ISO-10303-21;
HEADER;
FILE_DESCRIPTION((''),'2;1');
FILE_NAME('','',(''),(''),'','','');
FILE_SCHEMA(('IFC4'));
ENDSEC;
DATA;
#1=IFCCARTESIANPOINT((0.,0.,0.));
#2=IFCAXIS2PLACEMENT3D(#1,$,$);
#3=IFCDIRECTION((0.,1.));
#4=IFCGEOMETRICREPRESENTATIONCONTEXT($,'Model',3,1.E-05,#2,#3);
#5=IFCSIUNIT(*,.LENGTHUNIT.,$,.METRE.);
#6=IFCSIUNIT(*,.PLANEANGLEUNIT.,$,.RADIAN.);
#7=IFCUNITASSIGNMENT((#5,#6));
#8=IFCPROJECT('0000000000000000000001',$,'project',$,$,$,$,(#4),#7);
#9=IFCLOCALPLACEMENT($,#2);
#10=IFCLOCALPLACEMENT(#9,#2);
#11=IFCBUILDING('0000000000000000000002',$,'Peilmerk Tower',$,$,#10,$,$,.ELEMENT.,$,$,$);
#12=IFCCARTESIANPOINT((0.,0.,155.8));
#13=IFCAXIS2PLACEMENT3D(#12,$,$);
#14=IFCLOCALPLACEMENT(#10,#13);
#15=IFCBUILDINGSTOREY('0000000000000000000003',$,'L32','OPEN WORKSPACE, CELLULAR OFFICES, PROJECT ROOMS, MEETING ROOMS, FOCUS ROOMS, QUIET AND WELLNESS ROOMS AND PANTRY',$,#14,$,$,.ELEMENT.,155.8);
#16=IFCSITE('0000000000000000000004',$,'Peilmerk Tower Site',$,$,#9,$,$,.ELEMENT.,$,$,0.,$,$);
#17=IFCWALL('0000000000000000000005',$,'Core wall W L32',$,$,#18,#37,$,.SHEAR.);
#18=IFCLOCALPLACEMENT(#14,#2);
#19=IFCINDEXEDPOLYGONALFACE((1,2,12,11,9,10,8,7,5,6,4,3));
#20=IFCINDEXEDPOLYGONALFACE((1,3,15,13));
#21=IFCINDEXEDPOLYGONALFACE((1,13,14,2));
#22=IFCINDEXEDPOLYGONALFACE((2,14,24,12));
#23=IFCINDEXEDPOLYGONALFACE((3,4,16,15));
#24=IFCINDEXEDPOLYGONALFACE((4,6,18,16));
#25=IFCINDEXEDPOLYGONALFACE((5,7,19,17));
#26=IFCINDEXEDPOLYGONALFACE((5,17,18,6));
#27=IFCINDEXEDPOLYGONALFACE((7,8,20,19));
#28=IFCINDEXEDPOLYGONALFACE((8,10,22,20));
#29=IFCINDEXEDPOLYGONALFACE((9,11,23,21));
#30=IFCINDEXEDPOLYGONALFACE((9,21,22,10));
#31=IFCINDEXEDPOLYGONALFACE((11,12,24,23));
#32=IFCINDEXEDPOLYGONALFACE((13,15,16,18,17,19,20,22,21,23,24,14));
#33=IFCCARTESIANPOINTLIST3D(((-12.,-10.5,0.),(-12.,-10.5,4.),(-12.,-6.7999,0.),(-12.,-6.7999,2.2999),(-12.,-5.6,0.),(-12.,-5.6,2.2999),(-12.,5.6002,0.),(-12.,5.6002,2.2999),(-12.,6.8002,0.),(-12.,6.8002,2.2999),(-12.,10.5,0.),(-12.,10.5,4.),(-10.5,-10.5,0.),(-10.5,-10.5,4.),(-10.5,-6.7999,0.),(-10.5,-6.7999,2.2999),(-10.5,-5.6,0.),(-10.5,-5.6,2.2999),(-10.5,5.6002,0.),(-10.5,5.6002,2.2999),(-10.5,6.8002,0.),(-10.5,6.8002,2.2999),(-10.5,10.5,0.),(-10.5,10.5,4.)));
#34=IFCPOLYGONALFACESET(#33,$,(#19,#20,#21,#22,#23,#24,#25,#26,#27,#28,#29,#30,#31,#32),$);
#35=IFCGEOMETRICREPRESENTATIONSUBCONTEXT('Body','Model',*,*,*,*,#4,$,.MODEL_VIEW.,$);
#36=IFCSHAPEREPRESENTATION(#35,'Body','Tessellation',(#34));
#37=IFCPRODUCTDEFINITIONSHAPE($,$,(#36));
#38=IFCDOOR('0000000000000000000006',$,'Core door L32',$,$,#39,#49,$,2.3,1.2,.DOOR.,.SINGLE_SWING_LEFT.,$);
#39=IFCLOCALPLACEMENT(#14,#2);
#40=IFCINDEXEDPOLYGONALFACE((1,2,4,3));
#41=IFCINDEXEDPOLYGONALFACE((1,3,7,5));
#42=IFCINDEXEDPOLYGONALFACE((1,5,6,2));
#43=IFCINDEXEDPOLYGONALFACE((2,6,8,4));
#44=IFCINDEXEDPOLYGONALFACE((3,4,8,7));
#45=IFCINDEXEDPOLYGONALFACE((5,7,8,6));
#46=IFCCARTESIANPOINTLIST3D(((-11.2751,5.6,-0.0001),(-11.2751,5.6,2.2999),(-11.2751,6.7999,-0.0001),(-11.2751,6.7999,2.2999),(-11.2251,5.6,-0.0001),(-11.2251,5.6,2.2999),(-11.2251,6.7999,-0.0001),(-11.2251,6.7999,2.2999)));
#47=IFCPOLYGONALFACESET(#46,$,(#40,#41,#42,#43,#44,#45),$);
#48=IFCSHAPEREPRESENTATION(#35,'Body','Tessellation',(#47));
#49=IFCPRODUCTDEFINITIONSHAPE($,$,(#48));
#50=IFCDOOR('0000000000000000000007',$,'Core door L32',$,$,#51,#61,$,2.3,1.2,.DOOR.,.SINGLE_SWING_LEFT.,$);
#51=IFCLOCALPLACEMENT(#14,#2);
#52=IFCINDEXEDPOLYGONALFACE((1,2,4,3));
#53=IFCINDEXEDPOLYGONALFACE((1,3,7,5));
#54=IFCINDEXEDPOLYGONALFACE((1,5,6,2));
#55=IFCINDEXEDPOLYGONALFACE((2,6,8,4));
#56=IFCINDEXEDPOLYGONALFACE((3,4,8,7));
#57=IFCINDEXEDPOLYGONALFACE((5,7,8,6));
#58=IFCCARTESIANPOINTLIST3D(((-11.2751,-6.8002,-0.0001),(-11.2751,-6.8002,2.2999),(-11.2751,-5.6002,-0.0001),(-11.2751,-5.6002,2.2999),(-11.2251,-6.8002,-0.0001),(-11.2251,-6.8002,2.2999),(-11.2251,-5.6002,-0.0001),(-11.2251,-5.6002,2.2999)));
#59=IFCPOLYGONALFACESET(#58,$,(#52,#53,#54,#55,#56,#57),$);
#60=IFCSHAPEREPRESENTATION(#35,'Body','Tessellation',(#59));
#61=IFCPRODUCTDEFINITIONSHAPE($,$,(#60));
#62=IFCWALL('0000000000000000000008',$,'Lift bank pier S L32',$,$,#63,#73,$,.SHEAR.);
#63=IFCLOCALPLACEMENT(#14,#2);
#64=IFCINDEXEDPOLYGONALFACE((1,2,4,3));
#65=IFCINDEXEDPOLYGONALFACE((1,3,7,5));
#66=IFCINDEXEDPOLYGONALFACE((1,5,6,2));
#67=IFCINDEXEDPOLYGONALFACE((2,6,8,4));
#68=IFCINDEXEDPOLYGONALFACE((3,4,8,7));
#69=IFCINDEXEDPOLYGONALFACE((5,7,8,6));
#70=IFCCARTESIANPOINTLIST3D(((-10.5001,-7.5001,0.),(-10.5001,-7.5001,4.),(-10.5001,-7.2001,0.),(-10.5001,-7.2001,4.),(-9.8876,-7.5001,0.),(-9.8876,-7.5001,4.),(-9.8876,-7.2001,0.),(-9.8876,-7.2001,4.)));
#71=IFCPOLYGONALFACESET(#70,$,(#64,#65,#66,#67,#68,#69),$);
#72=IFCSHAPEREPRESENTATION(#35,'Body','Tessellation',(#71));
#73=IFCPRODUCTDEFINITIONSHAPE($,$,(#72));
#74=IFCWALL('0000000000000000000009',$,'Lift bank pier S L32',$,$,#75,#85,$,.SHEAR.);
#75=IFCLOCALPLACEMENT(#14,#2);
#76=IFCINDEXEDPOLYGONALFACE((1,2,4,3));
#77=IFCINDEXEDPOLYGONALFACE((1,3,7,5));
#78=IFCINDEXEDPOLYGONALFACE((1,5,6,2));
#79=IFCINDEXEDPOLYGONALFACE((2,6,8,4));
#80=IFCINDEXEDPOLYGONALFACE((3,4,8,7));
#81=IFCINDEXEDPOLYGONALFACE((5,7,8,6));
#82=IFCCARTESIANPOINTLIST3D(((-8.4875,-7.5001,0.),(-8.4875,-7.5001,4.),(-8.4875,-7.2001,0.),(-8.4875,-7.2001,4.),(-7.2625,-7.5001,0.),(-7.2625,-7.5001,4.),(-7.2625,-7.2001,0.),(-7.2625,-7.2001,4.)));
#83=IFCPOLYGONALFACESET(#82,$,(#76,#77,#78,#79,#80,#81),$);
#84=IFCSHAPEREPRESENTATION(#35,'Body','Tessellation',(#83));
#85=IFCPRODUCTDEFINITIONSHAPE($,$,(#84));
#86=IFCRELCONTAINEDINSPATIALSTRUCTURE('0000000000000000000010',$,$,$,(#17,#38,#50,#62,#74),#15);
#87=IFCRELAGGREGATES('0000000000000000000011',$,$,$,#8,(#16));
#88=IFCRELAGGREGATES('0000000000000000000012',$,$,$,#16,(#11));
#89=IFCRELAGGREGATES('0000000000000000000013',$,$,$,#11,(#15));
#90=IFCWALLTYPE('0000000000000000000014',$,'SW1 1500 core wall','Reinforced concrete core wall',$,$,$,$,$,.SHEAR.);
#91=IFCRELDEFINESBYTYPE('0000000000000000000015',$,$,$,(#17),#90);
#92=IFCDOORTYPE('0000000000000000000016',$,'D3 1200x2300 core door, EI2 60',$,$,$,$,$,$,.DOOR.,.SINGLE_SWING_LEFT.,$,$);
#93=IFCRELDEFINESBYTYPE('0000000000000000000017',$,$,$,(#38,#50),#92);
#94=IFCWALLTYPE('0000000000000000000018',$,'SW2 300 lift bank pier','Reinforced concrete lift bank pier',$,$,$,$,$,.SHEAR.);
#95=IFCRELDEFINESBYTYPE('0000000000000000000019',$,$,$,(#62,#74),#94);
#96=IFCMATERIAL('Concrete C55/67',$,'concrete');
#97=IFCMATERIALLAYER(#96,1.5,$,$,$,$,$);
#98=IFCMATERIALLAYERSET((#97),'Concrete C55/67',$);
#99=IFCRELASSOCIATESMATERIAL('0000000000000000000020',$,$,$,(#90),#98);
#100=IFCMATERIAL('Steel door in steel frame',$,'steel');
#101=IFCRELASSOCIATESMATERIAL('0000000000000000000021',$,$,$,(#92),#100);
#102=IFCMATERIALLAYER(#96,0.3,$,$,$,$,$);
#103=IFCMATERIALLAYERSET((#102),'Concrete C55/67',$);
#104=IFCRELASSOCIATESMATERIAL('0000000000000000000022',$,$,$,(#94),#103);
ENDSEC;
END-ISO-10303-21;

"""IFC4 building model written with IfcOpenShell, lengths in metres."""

from ifc_helpers import new_model, si_unit, direction, frame, frame_2d, origin, place, context, subcontext, project, spatial, rectangle, extrude, material, layer, layer_set, type_object, element, fill, save


model = new_model("IFC4")

# Units and contexts
model_context = context("Model", 3, precision=1e-05, world=origin(), true_north=direction((0.0, 1.0)))
body_context = subcontext(model_context, "Body", "Model", "MODEL_VIEW")
ifc_project = project(units=[si_unit("LENGTHUNIT", "METRE"), si_unit("PLANEANGLEUNIT", "RADIAN")], contexts=[model_context])

# Site, building, storey
site_placement = place(None, origin())
site = spatial("IfcSite", under=ifc_project, at=site_placement, Name="Peilmerk Tower Site", CompositionType="ELEMENT", RefElevation=0.0)
building_placement = place(site_placement, origin())
building = spatial("IfcBuilding", under=site, at=building_placement, Name="Peilmerk Tower", CompositionType="ELEMENT")
storey_placement = place(building_placement, frame((0.0, 0.0, 155.8)))
storey = spatial("IfcBuildingStorey", under=building, at=storey_placement, Name="L32", Description="OPEN WORKSPACE, CELLULAR OFFICES, PROJECT ROOMS, MEETING ROOMS, FOCUS ROOMS, QUIET AND WELLNESS ROOMS AND PANTRY", CompositionType="ELEMENT", Elevation=155.8)

# Wall, openings, doors
ifc_material_1 = material(Name="Concrete C55/67", Category="concrete")
ifc_layer_1 = layer(ifc_material_1, 1.5)
ifc_layer_set_1 = layer_set([ifc_layer_1], Name="Concrete C55/67")
wall_type_1 = type_object("IfcWallType", Name="SW1 1500 core wall", Description="Reinforced concrete core wall", PredefinedType="SHEAR", material=ifc_layer_set_1)
wall_1_placement = place(storey_placement, frame((-11.25, -10.5, 0.0), z_axis=(0.0, 0.0, 1.0), x_axis=(0.0, 1.0, 0.0)))
wall_1 = element("IfcWall", 1, at=wall_1_placement, inside=storey, type_object=wall_type_1, Name="Core wall W L32", PredefinedType="SHEAR", context=body_context, shape_type="SweptSolid", body=[
    extrude(rectangle(XDim=21.0, YDim=1.5, at=frame_2d((10.5, 0.0))), origin(), (0.0, 0.0, 1.0), 4.0),
])
opening_1_placement = place(wall_1_placement, frame((16.1001, 0.0, 0.0)))
opening_1 = element("IfcOpeningElement", 2, at=opening_1_placement, cuts=wall_1, PredefinedType="OPENING", context=body_context, shape_type="SweptSolid", body=[
    extrude(rectangle(XDim=1.2, YDim=2.3, at=frame_2d((0.6001, 1.1499))), frame((0.0, 0.76, 0.0), z_axis=(0.0, -1.0, 0.0), x_axis=(1.0, 0.0, 0.0)), (0.0, 0.0, 1.0), 1.52),
])
opening_2_placement = place(wall_1_placement, frame((3.7, 0.0, 0.0)))
opening_2 = element("IfcOpeningElement", 3, at=opening_2_placement, cuts=wall_1, PredefinedType="OPENING", context=body_context, shape_type="SweptSolid", body=[
    extrude(rectangle(XDim=1.2, YDim=2.3, at=frame_2d((0.6001, 1.1499))), frame((0.0, 0.76, 0.0), z_axis=(0.0, -1.0, 0.0), x_axis=(1.0, 0.0, 0.0)), (0.0, 0.0, 1.0), 1.52),
])
ifc_material_2 = material(Name="Steel door in steel frame", Category="steel")
door_type = type_object("IfcDoorType", Name="D3 1200x2300 core door, EI2 60", OperationType="SINGLE_SWING_LEFT", PredefinedType="DOOR", material=ifc_material_2)
door_1_placement = place(opening_1_placement, frame((1.2, 0.0, 0.0), z_axis=(0.0, 0.0, 1.0), x_axis=(-1.0, 0.0, 0.0)))
door_1 = element("IfcDoor", 4, at=door_1_placement, inside=storey, type_object=door_type, Name="Core door L32", OperationType="SINGLE_SWING_LEFT", OverallHeight=2.3, OverallWidth=1.2, PredefinedType="DOOR", context=body_context, shape_type="SweptSolid", body=[
    extrude(rectangle(XDim=1.2, YDim=2.3, at=frame_2d((0.6001, 1.1499))), frame((0.0, 0.0249, 0.0), z_axis=(0.0, -1.0, 0.0), x_axis=(1.0, 0.0, 0.0)), (0.0, 0.0, 1.0), 0.05),
])
fill(opening_1, door_1)
door_2_placement = place(opening_2_placement, frame((1.2, 0.0, 0.0), z_axis=(0.0, 0.0, 1.0), x_axis=(-1.0, 0.0, 0.0)))
door_2 = element("IfcDoor", 5, at=door_2_placement, inside=storey, type_object=door_type, Name="Core door L32", OperationType="SINGLE_SWING_LEFT", OverallHeight=2.3, OverallWidth=1.2, PredefinedType="DOOR", context=body_context, shape_type="SweptSolid", body=[
    extrude(rectangle(XDim=1.2, YDim=2.3, at=frame_2d((0.6001, 1.1499))), frame((0.0, 0.0249, 0.0), z_axis=(0.0, -1.0, 0.0), x_axis=(1.0, 0.0, 0.0)), (0.0, 0.0, 1.0), 0.05),
])
fill(opening_2, door_2)

# Walls
ifc_layer_2 = layer(ifc_material_1, 0.3)
ifc_layer_set_2 = layer_set([ifc_layer_2], Name="Concrete C55/67")
wall_type_2 = type_object("IfcWallType", Name="SW2 300 lift bank pier", Description="Reinforced concrete lift bank pier", PredefinedType="SHEAR", material=ifc_layer_set_2)
wall_2_placement = place(storey_placement, frame((-10.5, -7.3501, 0.0), z_axis=(0.0, 0.0, 1.0), x_axis=(1.0, 0.0, 0.0)))
element("IfcWall", 6, at=wall_2_placement, inside=storey, type_object=wall_type_2, Name="Lift bank pier S L32", PredefinedType="SHEAR", context=body_context, shape_type="SweptSolid", body=[
    extrude(rectangle(XDim=0.6125, YDim=0.3, at=frame_2d((0.3062, 0.0))), origin(), (0.0, 0.0, 1.0), 4.0),
])
wall_3_placement = place(storey_placement, frame((-8.4875, -7.3501, 0.0), z_axis=(0.0, 0.0, 1.0), x_axis=(1.0, 0.0, 0.0)))
element("IfcWall", 7, at=wall_3_placement, inside=storey, type_object=wall_type_2, Name="Lift bank pier S L32", PredefinedType="SHEAR", context=body_context, shape_type="SweptSolid", body=[
    extrude(rectangle(XDim=1.2251, YDim=0.3, at=frame_2d((0.6125, 0.0))), origin(), (0.0, 0.0, 1.0), 4.0),
])

save(model, "model.ifc")
